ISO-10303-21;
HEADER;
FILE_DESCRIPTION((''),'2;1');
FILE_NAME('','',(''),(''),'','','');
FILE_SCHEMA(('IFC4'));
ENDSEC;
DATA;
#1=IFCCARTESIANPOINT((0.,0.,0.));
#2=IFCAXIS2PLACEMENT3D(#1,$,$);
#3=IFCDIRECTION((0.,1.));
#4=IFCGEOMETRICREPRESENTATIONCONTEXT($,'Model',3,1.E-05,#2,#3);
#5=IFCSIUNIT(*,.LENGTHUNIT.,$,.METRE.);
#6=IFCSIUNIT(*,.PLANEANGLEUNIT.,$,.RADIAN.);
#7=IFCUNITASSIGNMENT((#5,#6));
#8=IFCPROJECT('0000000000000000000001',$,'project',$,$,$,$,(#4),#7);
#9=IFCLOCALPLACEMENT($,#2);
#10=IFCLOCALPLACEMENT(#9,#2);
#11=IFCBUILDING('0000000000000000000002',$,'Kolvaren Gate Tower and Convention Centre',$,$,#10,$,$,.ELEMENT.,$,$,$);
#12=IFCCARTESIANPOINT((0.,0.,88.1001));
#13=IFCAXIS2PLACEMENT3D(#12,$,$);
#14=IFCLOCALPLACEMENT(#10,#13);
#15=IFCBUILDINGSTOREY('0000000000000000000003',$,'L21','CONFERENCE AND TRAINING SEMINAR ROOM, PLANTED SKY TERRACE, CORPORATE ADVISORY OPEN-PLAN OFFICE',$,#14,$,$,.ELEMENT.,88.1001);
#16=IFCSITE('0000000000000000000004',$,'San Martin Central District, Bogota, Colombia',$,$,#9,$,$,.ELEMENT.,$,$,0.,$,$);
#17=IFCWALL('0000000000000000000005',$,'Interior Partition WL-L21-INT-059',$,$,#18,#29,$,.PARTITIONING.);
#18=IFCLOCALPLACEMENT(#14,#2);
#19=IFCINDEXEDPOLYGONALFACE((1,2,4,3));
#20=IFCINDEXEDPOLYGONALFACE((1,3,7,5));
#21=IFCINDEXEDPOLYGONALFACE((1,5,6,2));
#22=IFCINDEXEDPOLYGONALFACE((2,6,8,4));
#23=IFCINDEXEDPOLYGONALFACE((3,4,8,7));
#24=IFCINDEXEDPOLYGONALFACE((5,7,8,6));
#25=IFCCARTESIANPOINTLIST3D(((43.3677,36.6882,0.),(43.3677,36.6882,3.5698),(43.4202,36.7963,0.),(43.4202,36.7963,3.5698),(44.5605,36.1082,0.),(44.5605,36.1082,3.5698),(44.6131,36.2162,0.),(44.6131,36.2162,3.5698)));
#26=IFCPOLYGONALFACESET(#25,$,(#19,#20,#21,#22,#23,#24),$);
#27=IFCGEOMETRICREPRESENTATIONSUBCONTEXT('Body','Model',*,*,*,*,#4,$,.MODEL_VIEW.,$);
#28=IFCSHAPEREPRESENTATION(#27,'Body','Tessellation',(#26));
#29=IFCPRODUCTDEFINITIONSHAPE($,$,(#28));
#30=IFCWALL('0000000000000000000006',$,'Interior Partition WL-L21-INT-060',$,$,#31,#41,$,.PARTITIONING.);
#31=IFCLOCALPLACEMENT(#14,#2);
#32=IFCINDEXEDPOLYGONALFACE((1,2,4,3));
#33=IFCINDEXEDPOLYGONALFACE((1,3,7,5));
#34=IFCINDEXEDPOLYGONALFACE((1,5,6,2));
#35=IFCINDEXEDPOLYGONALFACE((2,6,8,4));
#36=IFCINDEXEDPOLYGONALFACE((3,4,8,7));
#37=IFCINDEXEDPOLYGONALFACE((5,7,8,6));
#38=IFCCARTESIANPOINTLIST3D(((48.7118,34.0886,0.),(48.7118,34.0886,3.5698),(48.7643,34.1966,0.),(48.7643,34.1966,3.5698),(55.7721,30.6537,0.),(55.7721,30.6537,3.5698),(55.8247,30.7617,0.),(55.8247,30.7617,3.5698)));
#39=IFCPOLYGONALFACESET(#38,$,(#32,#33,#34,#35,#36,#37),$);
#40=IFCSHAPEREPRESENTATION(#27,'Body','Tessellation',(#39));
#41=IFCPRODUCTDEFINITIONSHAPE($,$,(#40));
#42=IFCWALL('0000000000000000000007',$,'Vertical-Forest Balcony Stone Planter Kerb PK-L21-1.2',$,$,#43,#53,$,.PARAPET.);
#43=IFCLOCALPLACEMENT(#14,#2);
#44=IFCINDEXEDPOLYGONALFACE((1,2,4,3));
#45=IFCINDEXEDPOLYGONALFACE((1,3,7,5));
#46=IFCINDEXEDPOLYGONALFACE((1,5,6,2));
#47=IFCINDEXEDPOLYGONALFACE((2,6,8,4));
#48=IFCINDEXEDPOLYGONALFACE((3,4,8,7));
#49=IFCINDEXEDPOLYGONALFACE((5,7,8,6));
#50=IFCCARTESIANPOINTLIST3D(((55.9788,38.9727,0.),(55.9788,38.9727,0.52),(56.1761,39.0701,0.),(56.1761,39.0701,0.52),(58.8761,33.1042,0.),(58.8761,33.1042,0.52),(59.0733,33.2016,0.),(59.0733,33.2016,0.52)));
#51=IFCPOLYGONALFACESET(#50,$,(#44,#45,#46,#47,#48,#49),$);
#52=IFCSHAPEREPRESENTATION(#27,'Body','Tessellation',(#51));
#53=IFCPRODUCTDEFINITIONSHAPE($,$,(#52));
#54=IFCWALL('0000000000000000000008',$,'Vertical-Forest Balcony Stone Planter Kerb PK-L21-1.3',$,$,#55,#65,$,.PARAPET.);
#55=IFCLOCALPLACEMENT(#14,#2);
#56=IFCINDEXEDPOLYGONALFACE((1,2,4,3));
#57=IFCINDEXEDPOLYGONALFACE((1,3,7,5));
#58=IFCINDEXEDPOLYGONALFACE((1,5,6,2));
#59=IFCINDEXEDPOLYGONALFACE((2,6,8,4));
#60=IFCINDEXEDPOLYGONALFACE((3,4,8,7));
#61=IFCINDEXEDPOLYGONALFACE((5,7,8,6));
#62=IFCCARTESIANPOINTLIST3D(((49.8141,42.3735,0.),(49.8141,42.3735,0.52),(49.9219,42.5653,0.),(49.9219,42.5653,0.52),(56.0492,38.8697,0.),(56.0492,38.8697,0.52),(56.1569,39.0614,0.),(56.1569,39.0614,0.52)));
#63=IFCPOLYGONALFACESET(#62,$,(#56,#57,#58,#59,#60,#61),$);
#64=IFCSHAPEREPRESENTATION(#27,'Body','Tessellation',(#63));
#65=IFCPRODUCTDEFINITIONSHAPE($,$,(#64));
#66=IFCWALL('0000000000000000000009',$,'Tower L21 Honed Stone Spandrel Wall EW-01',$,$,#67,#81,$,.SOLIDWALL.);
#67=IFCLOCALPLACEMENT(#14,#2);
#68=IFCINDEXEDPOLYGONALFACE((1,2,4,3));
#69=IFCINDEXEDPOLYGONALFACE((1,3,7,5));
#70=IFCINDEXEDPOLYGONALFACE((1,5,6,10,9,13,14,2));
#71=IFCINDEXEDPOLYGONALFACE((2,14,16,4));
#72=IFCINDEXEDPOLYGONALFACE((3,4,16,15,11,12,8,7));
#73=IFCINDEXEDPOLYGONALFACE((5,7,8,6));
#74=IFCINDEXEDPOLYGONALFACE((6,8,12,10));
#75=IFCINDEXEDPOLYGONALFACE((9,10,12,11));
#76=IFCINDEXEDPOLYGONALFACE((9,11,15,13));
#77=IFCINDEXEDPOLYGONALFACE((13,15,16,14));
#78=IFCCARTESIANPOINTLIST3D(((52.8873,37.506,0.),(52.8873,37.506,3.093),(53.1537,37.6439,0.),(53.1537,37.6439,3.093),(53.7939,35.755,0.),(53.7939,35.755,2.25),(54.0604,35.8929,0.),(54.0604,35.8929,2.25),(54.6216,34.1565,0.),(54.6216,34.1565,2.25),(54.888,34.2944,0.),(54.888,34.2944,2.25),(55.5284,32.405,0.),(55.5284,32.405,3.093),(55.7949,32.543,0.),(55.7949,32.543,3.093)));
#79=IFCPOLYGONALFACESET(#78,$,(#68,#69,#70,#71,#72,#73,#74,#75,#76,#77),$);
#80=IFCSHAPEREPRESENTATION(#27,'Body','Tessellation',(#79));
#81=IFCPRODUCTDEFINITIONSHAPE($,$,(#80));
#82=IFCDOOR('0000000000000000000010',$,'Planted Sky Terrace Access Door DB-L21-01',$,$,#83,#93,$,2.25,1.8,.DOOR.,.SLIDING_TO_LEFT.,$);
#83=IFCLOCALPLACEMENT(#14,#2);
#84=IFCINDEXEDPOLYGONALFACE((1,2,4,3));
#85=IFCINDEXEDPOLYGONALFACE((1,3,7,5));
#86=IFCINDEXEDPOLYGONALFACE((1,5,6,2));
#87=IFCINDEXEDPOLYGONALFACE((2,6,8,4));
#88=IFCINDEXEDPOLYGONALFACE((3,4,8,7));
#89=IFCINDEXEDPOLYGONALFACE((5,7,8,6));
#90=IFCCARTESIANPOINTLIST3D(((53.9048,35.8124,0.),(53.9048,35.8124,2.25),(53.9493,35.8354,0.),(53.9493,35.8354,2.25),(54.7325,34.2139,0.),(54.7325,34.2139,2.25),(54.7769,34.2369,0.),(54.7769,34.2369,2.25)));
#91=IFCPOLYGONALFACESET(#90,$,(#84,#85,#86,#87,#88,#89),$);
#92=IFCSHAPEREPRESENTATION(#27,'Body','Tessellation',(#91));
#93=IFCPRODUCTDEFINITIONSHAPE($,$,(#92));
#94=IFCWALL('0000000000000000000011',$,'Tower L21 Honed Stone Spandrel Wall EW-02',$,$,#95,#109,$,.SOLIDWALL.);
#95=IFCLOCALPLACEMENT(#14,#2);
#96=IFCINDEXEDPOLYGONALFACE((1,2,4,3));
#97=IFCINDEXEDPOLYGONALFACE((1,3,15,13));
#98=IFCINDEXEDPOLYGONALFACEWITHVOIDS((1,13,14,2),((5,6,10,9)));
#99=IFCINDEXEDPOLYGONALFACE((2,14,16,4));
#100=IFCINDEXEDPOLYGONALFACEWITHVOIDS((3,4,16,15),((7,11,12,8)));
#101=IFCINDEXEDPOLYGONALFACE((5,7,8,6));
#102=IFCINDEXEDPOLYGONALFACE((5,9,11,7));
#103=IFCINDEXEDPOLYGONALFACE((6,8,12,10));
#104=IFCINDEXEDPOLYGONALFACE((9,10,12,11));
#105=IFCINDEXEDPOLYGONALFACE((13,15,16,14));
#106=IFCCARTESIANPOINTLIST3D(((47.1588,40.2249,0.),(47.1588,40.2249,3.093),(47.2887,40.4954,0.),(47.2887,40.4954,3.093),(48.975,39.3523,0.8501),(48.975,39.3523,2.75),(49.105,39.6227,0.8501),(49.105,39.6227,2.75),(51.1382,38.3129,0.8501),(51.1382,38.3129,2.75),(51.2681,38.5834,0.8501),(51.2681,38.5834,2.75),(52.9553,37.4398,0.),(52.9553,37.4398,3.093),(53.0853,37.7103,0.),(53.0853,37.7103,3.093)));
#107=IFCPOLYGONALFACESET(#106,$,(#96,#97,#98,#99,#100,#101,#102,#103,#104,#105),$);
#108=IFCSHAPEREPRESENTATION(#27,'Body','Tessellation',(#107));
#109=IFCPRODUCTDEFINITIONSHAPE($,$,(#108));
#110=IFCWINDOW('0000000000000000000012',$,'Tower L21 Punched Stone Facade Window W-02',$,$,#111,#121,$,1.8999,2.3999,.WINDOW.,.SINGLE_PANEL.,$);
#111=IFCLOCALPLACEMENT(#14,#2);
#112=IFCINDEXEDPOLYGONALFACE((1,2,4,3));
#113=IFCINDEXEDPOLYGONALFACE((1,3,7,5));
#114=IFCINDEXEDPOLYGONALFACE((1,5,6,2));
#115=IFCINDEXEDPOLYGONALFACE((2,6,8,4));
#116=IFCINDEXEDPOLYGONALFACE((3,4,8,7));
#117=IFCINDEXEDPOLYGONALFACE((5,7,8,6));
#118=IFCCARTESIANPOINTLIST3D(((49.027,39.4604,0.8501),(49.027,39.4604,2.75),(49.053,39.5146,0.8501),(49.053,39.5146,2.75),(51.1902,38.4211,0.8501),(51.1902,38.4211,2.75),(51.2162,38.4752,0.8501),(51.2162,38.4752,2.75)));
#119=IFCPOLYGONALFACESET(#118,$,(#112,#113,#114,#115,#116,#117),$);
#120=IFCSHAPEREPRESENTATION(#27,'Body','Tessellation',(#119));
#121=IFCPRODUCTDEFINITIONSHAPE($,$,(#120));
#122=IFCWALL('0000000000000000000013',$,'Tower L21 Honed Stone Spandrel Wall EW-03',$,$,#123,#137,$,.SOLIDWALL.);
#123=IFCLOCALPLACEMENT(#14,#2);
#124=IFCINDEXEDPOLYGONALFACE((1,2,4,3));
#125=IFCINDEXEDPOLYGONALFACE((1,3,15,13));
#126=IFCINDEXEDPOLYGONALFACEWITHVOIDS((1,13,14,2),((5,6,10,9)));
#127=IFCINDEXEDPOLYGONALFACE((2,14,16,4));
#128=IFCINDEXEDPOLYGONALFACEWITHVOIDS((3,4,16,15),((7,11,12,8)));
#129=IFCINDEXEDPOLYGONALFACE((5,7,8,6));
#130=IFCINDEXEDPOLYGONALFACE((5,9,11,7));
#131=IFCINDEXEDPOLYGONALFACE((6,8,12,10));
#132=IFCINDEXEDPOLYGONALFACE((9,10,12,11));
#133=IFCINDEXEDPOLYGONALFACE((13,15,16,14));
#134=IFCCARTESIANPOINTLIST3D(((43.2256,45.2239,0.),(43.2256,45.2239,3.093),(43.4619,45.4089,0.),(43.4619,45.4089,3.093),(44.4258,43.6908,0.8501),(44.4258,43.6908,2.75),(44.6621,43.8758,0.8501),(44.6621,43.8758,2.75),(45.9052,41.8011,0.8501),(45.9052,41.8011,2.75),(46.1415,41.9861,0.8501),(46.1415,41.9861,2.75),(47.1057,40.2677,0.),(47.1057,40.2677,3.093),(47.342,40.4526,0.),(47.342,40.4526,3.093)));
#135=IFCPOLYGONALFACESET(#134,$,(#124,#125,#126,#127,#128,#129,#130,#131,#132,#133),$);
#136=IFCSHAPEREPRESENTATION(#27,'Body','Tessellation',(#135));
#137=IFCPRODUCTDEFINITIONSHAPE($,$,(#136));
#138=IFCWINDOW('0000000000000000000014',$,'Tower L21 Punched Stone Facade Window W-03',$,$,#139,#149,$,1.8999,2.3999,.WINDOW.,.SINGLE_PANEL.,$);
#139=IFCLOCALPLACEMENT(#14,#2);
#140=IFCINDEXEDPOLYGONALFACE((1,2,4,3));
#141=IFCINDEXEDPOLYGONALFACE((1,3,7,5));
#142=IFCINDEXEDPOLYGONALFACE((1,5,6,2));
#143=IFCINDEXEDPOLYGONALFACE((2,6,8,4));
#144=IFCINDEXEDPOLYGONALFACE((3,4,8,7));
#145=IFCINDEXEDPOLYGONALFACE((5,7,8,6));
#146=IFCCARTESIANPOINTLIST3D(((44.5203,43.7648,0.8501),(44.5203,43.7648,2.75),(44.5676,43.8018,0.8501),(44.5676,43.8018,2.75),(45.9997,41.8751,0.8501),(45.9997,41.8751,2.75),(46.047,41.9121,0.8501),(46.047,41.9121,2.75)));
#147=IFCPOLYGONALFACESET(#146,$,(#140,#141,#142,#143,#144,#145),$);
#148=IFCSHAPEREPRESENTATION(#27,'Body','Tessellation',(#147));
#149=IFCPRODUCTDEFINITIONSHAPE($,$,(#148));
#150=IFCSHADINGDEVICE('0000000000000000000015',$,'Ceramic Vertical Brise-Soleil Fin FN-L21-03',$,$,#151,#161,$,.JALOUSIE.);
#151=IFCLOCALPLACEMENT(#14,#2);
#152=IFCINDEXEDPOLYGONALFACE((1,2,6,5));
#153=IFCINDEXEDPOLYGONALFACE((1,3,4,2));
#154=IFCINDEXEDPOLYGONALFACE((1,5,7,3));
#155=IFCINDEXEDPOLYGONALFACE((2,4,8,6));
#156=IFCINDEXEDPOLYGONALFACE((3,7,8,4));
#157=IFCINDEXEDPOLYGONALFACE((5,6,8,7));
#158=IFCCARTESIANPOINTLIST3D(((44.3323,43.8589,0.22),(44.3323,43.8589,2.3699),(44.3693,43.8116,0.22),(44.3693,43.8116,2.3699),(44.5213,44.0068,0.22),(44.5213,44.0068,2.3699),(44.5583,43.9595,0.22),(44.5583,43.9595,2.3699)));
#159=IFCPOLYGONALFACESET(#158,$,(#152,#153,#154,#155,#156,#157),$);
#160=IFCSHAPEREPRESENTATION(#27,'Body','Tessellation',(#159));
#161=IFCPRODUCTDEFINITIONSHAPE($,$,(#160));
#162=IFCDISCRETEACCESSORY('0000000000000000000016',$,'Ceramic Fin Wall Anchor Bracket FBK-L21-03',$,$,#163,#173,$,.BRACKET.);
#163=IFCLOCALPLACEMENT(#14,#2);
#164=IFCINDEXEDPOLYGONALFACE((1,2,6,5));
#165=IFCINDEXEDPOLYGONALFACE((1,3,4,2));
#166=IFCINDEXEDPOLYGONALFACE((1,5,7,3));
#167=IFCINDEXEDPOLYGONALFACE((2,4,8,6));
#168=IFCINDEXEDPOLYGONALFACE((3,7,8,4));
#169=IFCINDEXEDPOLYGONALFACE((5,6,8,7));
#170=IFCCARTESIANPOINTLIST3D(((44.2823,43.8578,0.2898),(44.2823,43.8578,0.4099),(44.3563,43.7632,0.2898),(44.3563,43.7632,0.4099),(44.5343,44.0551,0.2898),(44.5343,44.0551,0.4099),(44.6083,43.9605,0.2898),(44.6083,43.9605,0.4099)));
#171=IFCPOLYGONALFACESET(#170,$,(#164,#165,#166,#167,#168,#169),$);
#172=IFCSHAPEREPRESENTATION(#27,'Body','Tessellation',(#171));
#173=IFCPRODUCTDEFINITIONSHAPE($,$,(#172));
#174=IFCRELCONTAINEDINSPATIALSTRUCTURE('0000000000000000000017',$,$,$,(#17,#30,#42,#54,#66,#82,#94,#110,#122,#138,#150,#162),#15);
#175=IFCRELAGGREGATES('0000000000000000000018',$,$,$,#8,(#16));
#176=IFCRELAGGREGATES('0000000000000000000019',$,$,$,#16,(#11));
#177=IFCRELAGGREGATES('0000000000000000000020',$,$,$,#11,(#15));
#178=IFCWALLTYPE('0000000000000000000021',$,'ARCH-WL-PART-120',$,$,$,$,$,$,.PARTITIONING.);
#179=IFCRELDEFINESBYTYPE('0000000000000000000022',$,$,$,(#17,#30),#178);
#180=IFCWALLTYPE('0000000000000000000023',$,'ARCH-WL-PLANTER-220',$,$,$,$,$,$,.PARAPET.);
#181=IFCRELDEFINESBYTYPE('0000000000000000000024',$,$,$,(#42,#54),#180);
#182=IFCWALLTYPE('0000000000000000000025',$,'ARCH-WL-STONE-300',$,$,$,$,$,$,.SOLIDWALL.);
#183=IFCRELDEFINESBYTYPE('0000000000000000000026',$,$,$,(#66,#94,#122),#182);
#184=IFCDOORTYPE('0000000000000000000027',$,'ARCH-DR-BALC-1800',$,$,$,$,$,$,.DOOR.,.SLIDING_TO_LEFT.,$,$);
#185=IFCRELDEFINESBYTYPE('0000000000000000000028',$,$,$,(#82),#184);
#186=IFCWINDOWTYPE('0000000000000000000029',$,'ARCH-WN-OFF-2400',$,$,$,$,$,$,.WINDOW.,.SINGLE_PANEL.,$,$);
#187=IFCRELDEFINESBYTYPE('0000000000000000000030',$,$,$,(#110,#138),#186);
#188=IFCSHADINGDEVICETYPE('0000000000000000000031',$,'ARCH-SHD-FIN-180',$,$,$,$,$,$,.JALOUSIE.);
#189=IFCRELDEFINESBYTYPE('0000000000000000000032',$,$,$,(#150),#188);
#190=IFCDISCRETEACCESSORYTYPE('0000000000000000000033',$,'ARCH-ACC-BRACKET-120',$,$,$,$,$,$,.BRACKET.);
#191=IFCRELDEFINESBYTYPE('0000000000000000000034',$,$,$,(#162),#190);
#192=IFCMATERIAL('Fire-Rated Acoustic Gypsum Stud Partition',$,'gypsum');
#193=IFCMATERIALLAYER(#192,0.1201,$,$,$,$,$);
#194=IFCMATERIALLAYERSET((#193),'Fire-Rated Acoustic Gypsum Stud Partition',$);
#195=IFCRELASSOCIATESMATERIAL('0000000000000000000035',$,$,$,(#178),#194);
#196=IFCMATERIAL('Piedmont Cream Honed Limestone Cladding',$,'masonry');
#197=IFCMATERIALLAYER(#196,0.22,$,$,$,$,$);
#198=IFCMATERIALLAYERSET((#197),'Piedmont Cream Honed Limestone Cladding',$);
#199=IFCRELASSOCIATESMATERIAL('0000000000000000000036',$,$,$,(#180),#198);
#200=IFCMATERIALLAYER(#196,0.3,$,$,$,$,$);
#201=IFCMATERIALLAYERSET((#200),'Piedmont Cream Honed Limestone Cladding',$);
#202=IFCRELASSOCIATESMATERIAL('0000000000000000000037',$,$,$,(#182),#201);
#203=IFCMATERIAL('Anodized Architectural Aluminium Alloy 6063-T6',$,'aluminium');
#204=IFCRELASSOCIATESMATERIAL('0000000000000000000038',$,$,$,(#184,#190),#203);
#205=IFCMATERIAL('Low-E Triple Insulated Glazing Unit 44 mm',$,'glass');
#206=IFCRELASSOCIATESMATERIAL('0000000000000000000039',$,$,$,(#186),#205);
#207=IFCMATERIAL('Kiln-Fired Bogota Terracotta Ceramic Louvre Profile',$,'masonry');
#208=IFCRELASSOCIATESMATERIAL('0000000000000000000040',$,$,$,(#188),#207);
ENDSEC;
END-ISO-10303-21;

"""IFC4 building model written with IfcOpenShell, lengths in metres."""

from ifc_helpers import new_model, si_unit, direction, frame, frame_2d, origin, origin_2d, place, context, subcontext, project, spatial, rectangle, extrude, material, layer, layer_set, type_object, element, fill, save


model = new_model("IFC4")

# Units and contexts
model_context = context("Model", 3, precision=1e-05, world=origin(), true_north=direction((0.0, 1.0)))
body_context = subcontext(model_context, "Body", "Model", "MODEL_VIEW")
ifc_project = project(units=[si_unit("LENGTHUNIT", "METRE"), si_unit("PLANEANGLEUNIT", "RADIAN")], contexts=[model_context])

# Site, building, storey
site_placement = place(None, origin())
site = spatial("IfcSite", under=ifc_project, at=site_placement, Name="San Martin Central District, Bogota, Colombia", CompositionType="ELEMENT", RefElevation=0.0)
building_placement = place(site_placement, origin())
building = spatial("IfcBuilding", under=site, at=building_placement, Name="Kolvaren Gate Tower and Convention Centre", CompositionType="ELEMENT")
storey_placement = place(building_placement, frame((0.0, 0.0, 88.1001)))
storey = spatial("IfcBuildingStorey", under=building, at=storey_placement, Name="L21", Description="CONFERENCE AND TRAINING SEMINAR ROOM, PLANTED SKY TERRACE, CORPORATE ADVISORY OPEN-PLAN OFFICE", CompositionType="ELEMENT", Elevation=88.1001)

# Shared definitions
ifc_material_1 = material(Name="Fire-Rated Acoustic Gypsum Stud Partition", Category="gypsum")
ifc_layer_1 = layer(ifc_material_1, 0.1201)
ifc_layer_set_1 = layer_set([ifc_layer_1], Name="Fire-Rated Acoustic Gypsum Stud Partition")
wall_type_1 = type_object("IfcWallType", Name="ARCH-WL-PART-120", PredefinedType="PARTITIONING", material=ifc_layer_set_1)

# Walls
wall_1_placement = place(storey_placement, frame((43.394, 36.7422, 0.0), z_axis=(0.0, 0.0, 1.0), x_axis=(0.899306, -0.437321, 0.0)))
element("IfcWall", 1, at=wall_1_placement, inside=storey, type_object=wall_type_1, Name="Interior Partition WL-L21-INT-059", PredefinedType="PARTITIONING", context=body_context, shape_type="SweptSolid", body=[
    extrude(rectangle(XDim=1.3264, YDim=0.1201, at=frame_2d((0.6631, 0.0))), origin(), (0.0, 0.0, 1.0), 3.5698),
])
wall_2_placement = place(storey_placement, frame((48.738, 34.1426, 0.0), z_axis=(0.0, 0.0, 1.0), x_axis=(0.899231, -0.437473, 0.0)))
element("IfcWall", 2, at=wall_2_placement, inside=storey, type_object=wall_type_1, Name="Interior Partition WL-L21-INT-060", PredefinedType="PARTITIONING", context=body_context, shape_type="SweptSolid", body=[
    extrude(rectangle(XDim=7.8516, YDim=0.1201, at=frame_2d((3.9258, 0.0))), origin(), (0.0, 0.0, 1.0), 3.5698),
])
ifc_material_2 = material(Name="Piedmont Cream Honed Limestone Cladding", Category="masonry")
ifc_layer_2 = layer(ifc_material_2, 0.22)
ifc_layer_set_2 = layer_set([ifc_layer_2], Name="Piedmont Cream Honed Limestone Cladding")
wall_type_2 = type_object("IfcWallType", Name="ARCH-WL-PLANTER-220", PredefinedType="PARAPET", material=ifc_layer_set_2)
wall_3_placement = place(storey_placement, frame((56.0774, 39.0215, 0.0), z_axis=(0.0, 0.0, 1.0), x_axis=(0.442687, -0.896676, 0.0)))
element("IfcWall", 3, at=wall_3_placement, inside=storey, type_object=wall_type_2, Name="Vertical-Forest Balcony Stone Planter Kerb PK-L21-1.2", PredefinedType="PARAPET", context=body_context, shape_type="SweptSolid", body=[
    extrude(rectangle(XDim=6.5447, YDim=0.22, at=frame_2d((3.2725, 0.0))), origin(), (0.0, 0.0, 1.0), 0.52),
])
wall_4_placement = place(storey_placement, frame((49.8679, 42.4695, 0.0), z_axis=(0.0, 0.0, 1.0), x_axis=(0.871775, -0.489906, 0.0)))
element("IfcWall", 4, at=wall_4_placement, inside=storey, type_object=wall_type_2, Name="Vertical-Forest Balcony Stone Planter Kerb PK-L21-1.3", PredefinedType="PARAPET", context=body_context, shape_type="SweptSolid", body=[
    extrude(rectangle(XDim=7.1521, YDim=0.22, at=frame_2d((3.5762, 0.0))), origin(), (0.0, 0.0, 1.0), 0.52),
])

# Wall, opening, door
ifc_layer_3 = layer(ifc_material_2, 0.3)
ifc_layer_set_3 = layer_set([ifc_layer_3], Name="Piedmont Cream Honed Limestone Cladding")
wall_type_3 = type_object("IfcWallType", Name="ARCH-WL-STONE-300", PredefinedType="SOLIDWALL", material=ifc_layer_set_3)
wall_5_placement = place(storey_placement, frame((53.0205, 37.575, 0.0), z_axis=(0.0, 0.0, 1.0), x_axis=(0.459801, -0.888022, 0.0)))
wall_5 = element("IfcWall", 5, at=wall_5_placement, inside=storey, type_object=wall_type_3, Name="Tower L21 Honed Stone Spandrel Wall EW-01", PredefinedType="SOLIDWALL", context=body_context, shape_type="SweptSolid", body=[
    extrude(rectangle(XDim=5.7441, YDim=0.3, at=frame_2d((2.8721, 0.0))), origin(), (0.0, 0.0, 1.0), 3.093),
])
opening_1_placement = place(wall_5_placement, frame((1.9719, 0.0, 0.0)))
opening_1 = element("IfcOpeningElement", 6, at=opening_1_placement, cuts=wall_5, PredefinedType="OPENING", context=body_context, shape_type="SweptSolid", body=[
    extrude(rectangle(XDim=1.8, YDim=2.25, at=frame_2d((0.8999, 1.125))), frame((0.0, 0.1599, 0.0), z_axis=(0.0, -1.0, 0.0), x_axis=(1.0, 0.0, 0.0)), (0.0, 0.0, 1.0), 0.3201),
])
ifc_material_3 = material(Name="Anodized Architectural Aluminium Alloy 6063-T6", Category="aluminium")
door_type_1 = type_object("IfcDoorType", Name="ARCH-DR-BALC-1800", OperationType="SLIDING_TO_LEFT", PredefinedType="DOOR", material=ifc_material_3)
door_1_placement = place(opening_1_placement, origin())
door_1 = element("IfcDoor", 7, at=door_1_placement, inside=storey, type_object=door_type_1, Name="Planted Sky Terrace Access Door DB-L21-01", OperationType="SLIDING_TO_LEFT", OverallHeight=2.25, OverallWidth=1.8, PredefinedType="DOOR", context=body_context, shape_type="SweptSolid", body=[
    extrude(rectangle(XDim=1.8, YDim=2.25, at=frame_2d((0.8999, 1.125))), frame((0.0, 0.0249, 0.0), z_axis=(0.0, -1.0, 0.0), x_axis=(1.0, 0.0, 0.0)), (0.0, 0.0, 1.0), 0.05),
])
fill(opening_1, door_1)

# Walls, openings, windows
wall_6_placement = place(storey_placement, frame((47.2239, 40.3601, 0.0), z_axis=(0.0, 0.0, 1.0), x_axis=(0.901355, -0.433082, 0.0)))
wall_6 = element("IfcWall", 8, at=wall_6_placement, inside=storey, type_object=wall_type_3, Name="Tower L21 Honed Stone Spandrel Wall EW-02", PredefinedType="SOLIDWALL", context=body_context, shape_type="SweptSolid", body=[
    extrude(rectangle(XDim=6.4309, YDim=0.3, at=frame_2d((3.2153, 0.0))), origin(), (0.0, 0.0, 1.0), 3.093),
])
opening_2_placement = place(wall_6_placement, frame((2.0149, 0.0, 0.8501)))
opening_2 = element("IfcOpeningElement", 9, at=opening_2_placement, cuts=wall_6, PredefinedType="OPENING", context=body_context, shape_type="SweptSolid", body=[
    extrude(rectangle(XDim=2.3999, YDim=1.8999, at=frame_2d((1.2, 0.95))), frame((0.0, 0.1599, 0.0), z_axis=(0.0, -1.0, 0.0), x_axis=(1.0, 0.0, 0.0)), (0.0, 0.0, 1.0), 0.3201),
])
ifc_material_4 = material(Name="Low-E Triple Insulated Glazing Unit 44 mm", Category="glass")
window_type = type_object("IfcWindowType", Name="ARCH-WN-OFF-2400", PartitioningType="SINGLE_PANEL", PredefinedType="WINDOW", material=ifc_material_4)
window_1_placement = place(opening_2_placement, origin())
window_1 = element("IfcWindow", 10, at=window_1_placement, inside=storey, type_object=window_type, Name="Tower L21 Punched Stone Facade Window W-02", OverallHeight=1.8999, OverallWidth=2.3999, PartitioningType="SINGLE_PANEL", PredefinedType="WINDOW", context=body_context, shape_type="SweptSolid", body=[
    extrude(rectangle(XDim=2.3999, YDim=1.8999, at=frame_2d((1.2, 0.95))), frame((0.0, 0.03, 0.0), z_axis=(0.0, -1.0, 0.0), x_axis=(1.0, 0.0, 0.0)), (0.0, 0.0, 1.0), 0.0601),
])
fill(opening_2, window_1)
wall_7_placement = place(storey_placement, frame((43.3438, 45.3164, 0.0), z_axis=(0.0, 0.0, 1.0), x_axis=(0.616435, -0.787406, 0.0)))
wall_7 = element("IfcWall", 11, at=wall_7_placement, inside=storey, type_object=wall_type_3, Name="Tower L21 Honed Stone Spandrel Wall EW-03", PredefinedType="SOLIDWALL", context=body_context, shape_type="SweptSolid", body=[
    extrude(rectangle(XDim=6.2944, YDim=0.3, at=frame_2d((3.1472, 0.0))), origin(), (0.0, 0.0, 1.0), 3.093),
])
opening_3_placement = place(wall_7_placement, frame((1.947, 0.0, 0.8501)))
opening_3 = element("IfcOpeningElement", 12, at=opening_3_placement, cuts=wall_7, PredefinedType="OPENING", context=body_context, shape_type="SweptSolid", body=[
    extrude(rectangle(XDim=2.3999, YDim=1.8999, at=frame_2d((1.2, 0.95))), frame((0.0, 0.1599, 0.0), z_axis=(0.0, -1.0, 0.0), x_axis=(1.0, 0.0, 0.0)), (0.0, 0.0, 1.0), 0.3201),
])
window_2_placement = place(opening_3_placement, origin())
window_2 = element("IfcWindow", 13, at=window_2_placement, inside=storey, type_object=window_type, Name="Tower L21 Punched Stone Facade Window W-03", OverallHeight=1.8999, OverallWidth=2.3999, PartitioningType="SINGLE_PANEL", PredefinedType="WINDOW", context=body_context, shape_type="SweptSolid", body=[
    extrude(rectangle(XDim=2.3999, YDim=1.8999, at=frame_2d((1.2, 0.95))), frame((0.0, 0.03, 0.0), z_axis=(0.0, -1.0, 0.0), x_axis=(1.0, 0.0, 0.0)), (0.0, 0.0, 1.0), 0.0601),
])
fill(opening_3, window_2)

# Shading device
ifc_material_5 = material(Name="Kiln-Fired Bogota Terracotta Ceramic Louvre Profile", Category="masonry")
shading_device_type = type_object("IfcShadingDeviceType", Name="ARCH-SHD-FIN-180", PredefinedType="JALOUSIE", material=ifc_material_5)
shading_device_placement = place(storey_placement, frame((44.4453, 43.9092, 0.22), z_axis=(0.0, 0.0, 1.0), x_axis=(0.616431, -0.787409, 0.0)))
element("IfcShadingDevice", 14, at=shading_device_placement, inside=storey, type_object=shading_device_type, Name="Ceramic Vertical Brise-Soleil Fin FN-L21-03", PredefinedType="JALOUSIE", context=body_context, shape_type="SweptSolid", body=[
    extrude(rectangle(XDim=0.0601, YDim=0.24, at=origin_2d()), origin(), (0.0, 0.0, 1.0), 2.1499),
])

# Discrete accessory
discrete_accessory_type = type_object("IfcDiscreteAccessoryType", Name="ARCH-ACC-BRACKET-120", PredefinedType="BRACKET", material=ifc_material_3)
discrete_accessory_placement = place(storey_placement, frame((44.4453, 43.9092, 0.2898), z_axis=(0.0, 0.0, 1.0), x_axis=(0.616431, -0.787409, 0.0)))
element("IfcDiscreteAccessory", 15, at=discrete_accessory_placement, inside=storey, type_object=discrete_accessory_type, Name="Ceramic Fin Wall Anchor Bracket FBK-L21-03", PredefinedType="BRACKET", context=body_context, shape_type="SweptSolid", body=[
    extrude(rectangle(XDim=0.1201, YDim=0.3201, at=origin_2d()), origin(), (0.0, 0.0, 1.0), 0.1201),
])

save(model, "model.ifc")
